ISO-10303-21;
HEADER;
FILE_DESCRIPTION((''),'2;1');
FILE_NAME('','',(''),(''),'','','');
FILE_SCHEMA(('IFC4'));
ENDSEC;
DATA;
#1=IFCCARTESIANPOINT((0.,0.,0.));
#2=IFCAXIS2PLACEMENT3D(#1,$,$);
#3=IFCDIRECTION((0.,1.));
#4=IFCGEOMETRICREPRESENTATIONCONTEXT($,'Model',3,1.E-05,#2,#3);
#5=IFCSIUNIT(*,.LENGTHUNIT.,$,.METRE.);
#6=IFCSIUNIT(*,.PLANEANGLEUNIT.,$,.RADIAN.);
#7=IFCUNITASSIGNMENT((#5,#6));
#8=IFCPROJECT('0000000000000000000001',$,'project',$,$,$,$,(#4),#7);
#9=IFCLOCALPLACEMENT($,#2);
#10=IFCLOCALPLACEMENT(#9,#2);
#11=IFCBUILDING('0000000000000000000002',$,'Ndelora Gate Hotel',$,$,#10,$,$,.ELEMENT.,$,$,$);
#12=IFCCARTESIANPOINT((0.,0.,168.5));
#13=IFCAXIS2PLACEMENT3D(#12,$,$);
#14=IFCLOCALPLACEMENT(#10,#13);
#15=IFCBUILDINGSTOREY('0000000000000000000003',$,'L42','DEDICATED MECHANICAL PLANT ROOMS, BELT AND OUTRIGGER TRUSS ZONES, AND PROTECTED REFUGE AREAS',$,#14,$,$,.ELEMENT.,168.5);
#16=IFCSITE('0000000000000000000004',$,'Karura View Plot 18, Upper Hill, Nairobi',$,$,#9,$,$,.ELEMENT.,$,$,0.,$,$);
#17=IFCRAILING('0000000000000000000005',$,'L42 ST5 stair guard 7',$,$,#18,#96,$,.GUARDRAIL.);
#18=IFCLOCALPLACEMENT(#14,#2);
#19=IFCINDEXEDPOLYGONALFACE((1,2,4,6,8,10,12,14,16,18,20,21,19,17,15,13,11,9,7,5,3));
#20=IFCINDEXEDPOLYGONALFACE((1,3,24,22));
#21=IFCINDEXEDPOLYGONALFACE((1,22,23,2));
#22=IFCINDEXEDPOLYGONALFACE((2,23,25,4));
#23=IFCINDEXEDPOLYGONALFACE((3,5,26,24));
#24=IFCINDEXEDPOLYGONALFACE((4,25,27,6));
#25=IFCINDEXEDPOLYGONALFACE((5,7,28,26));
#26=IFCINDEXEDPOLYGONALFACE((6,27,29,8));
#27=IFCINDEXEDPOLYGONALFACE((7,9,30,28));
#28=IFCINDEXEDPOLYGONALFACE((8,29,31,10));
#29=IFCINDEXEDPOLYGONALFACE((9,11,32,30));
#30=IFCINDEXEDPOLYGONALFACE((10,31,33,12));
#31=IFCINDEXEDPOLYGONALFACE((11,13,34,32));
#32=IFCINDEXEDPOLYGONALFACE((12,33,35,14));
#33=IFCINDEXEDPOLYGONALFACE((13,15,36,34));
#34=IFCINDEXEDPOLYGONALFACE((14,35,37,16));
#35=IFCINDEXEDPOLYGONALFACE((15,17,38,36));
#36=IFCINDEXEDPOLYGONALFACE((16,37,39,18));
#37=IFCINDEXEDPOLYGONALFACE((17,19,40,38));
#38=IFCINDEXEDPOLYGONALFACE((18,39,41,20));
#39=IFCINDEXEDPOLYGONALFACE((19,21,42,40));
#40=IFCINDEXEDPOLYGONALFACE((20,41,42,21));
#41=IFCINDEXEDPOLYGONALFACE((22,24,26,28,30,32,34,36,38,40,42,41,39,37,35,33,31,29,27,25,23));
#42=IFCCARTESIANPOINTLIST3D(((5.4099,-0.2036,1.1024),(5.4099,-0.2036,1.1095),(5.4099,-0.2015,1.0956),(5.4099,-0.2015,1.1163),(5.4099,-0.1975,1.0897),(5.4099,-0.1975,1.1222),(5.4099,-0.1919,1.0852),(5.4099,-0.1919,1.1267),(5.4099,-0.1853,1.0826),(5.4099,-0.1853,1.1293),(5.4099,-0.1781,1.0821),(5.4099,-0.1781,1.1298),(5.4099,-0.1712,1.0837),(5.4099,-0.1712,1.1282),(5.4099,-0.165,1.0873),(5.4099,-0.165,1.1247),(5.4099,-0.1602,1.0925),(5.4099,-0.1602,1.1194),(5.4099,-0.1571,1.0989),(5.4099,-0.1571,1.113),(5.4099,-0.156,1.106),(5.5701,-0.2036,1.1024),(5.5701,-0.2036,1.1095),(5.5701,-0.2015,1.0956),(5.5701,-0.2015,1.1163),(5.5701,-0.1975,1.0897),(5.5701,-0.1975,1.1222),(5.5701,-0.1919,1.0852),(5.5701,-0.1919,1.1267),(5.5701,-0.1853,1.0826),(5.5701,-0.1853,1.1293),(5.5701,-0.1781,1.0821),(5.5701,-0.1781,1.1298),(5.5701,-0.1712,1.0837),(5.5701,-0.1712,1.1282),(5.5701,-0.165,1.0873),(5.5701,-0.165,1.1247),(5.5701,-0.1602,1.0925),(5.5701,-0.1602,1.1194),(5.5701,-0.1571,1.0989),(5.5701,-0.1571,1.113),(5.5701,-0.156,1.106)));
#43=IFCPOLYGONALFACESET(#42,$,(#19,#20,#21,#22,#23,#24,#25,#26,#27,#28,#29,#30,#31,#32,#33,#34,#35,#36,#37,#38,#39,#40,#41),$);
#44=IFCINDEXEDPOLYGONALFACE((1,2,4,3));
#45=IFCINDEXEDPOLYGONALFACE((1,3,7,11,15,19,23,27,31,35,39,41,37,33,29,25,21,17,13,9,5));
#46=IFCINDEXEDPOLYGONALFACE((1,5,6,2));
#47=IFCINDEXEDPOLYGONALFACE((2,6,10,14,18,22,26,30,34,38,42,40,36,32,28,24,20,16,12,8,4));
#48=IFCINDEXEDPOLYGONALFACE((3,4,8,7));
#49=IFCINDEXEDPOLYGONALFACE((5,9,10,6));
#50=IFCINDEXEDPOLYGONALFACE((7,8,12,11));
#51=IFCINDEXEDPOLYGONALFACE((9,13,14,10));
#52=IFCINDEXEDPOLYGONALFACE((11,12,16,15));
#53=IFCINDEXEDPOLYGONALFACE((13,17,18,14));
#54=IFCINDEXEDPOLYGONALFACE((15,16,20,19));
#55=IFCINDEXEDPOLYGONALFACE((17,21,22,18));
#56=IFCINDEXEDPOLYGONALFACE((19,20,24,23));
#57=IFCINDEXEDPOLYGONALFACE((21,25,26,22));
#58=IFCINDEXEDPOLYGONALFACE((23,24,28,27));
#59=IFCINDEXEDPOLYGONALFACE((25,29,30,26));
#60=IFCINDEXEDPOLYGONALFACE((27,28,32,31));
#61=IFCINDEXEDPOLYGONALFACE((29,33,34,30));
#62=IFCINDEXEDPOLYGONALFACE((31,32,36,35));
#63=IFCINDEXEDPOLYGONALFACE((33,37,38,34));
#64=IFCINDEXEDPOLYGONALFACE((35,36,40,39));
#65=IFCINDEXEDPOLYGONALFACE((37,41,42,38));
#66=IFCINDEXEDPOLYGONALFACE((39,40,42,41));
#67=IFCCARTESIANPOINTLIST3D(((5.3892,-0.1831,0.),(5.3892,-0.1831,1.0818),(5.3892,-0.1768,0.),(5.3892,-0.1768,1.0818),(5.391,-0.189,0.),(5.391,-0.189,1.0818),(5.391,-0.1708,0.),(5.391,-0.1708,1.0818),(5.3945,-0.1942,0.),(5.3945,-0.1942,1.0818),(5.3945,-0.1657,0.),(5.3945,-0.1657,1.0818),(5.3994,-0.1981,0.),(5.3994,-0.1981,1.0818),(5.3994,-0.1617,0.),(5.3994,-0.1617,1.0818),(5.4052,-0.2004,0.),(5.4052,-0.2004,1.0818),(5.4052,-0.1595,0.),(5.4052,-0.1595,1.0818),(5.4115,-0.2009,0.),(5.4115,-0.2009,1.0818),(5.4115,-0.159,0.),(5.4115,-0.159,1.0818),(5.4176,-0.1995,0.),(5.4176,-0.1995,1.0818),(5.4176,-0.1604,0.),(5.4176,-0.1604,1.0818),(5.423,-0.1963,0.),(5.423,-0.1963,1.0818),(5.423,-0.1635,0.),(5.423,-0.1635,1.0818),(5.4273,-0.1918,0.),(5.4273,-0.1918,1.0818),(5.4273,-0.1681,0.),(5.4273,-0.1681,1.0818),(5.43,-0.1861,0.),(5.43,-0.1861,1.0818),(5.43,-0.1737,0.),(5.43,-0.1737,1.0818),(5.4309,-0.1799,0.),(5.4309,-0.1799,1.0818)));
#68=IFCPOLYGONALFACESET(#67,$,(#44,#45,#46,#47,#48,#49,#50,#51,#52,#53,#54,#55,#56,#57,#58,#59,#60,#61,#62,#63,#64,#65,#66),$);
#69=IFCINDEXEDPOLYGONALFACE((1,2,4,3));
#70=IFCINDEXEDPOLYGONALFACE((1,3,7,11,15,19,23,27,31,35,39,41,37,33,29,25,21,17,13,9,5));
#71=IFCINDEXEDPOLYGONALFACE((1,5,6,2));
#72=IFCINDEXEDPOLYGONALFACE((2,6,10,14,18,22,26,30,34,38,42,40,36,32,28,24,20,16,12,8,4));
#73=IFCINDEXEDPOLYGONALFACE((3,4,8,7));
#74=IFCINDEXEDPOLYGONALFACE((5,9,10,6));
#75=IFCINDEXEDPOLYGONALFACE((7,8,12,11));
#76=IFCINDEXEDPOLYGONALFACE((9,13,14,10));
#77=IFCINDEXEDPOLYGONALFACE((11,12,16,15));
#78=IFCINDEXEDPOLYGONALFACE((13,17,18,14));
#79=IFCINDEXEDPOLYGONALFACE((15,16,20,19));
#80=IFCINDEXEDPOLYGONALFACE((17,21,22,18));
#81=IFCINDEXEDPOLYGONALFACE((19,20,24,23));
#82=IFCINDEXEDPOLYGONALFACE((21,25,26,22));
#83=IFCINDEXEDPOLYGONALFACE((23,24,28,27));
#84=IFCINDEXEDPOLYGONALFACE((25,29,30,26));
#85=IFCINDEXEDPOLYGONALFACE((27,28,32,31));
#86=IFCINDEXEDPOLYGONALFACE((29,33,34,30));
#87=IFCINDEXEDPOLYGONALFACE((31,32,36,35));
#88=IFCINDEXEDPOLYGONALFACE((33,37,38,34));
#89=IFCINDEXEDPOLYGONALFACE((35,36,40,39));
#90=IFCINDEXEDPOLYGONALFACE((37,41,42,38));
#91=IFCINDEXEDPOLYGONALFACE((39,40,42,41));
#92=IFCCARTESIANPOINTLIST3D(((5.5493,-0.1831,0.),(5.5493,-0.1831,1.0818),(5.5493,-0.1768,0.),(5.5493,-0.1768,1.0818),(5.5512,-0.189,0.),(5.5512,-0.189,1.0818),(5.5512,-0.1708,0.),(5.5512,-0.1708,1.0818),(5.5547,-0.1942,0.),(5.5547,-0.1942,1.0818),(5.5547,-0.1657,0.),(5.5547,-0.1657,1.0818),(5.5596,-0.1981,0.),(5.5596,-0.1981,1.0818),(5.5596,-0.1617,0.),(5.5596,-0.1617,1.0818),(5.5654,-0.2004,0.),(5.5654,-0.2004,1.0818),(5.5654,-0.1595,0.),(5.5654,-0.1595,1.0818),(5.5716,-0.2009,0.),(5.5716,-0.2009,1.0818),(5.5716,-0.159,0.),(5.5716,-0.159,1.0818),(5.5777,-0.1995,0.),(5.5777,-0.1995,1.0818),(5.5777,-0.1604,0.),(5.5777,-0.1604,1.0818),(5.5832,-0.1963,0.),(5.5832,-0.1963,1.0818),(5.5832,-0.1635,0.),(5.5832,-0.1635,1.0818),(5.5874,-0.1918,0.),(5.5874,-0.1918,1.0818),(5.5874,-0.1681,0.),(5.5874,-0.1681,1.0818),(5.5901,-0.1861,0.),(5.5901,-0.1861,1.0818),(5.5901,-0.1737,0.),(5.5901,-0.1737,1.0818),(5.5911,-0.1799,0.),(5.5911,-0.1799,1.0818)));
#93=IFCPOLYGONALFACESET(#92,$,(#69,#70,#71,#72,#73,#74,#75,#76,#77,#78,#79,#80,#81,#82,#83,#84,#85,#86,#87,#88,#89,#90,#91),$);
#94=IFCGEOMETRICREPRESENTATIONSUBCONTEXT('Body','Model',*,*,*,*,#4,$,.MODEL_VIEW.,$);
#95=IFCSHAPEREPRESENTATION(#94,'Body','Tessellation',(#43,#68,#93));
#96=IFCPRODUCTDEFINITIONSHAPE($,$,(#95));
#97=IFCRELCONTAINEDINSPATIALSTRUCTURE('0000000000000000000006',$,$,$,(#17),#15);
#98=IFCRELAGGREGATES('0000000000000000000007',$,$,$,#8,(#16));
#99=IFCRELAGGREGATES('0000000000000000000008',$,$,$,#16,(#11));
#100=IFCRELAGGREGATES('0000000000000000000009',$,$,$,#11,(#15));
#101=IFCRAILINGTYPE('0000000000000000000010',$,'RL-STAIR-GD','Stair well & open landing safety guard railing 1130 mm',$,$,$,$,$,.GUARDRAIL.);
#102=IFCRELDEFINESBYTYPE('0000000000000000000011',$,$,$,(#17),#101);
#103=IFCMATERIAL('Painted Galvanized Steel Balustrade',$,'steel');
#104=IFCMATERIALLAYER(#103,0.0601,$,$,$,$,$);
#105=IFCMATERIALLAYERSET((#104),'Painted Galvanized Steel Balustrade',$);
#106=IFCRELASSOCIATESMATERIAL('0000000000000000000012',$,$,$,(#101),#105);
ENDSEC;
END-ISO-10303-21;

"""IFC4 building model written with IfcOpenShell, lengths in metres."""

from ifc_helpers import new_model, si_unit, direction, frame, origin, origin_2d, place, context, subcontext, project, spatial, circle, extrude, material, layer, layer_set, type_object, element, save


model = new_model("IFC4")

# Units and contexts
model_context = context("Model", 3, precision=1e-05, world=origin(), true_north=direction((0.0, 1.0)))
body_context = subcontext(model_context, "Body", "Model", "MODEL_VIEW")
ifc_project = project(units=[si_unit("LENGTHUNIT", "METRE"), si_unit("PLANEANGLEUNIT", "RADIAN")], contexts=[model_context])

# Site, building, storey
site_placement = place(None, origin())
site = spatial("IfcSite", under=ifc_project, at=site_placement, Name="Karura View Plot 18, Upper Hill, Nairobi", CompositionType="ELEMENT", RefElevation=0.0)
building_placement = place(site_placement, origin())
building = spatial("IfcBuilding", under=site, at=building_placement, Name="Ndelora Gate Hotel", CompositionType="ELEMENT")
storey_placement = place(building_placement, frame((0.0, 0.0, 168.5)))
storey = spatial("IfcBuildingStorey", under=building, at=storey_placement, Name="L42", Description="DEDICATED MECHANICAL PLANT ROOMS, BELT AND OUTRIGGER TRUSS ZONES, AND PROTECTED REFUGE AREAS", CompositionType="ELEMENT", Elevation=168.5)

# Railing
ifc_material_1 = material(Name="Painted Galvanized Steel Balustrade", Category="steel")
ifc_layer_1 = layer(ifc_material_1, 0.0601)
ifc_layer_set_1 = layer_set([ifc_layer_1], Name="Painted Galvanized Steel Balustrade")
railing_type_1 = type_object("IfcRailingType", Name="RL-STAIR-GD", Description="Stair well & open landing safety guard railing 1130 mm", PredefinedType="GUARDRAIL", material=ifc_layer_set_1)
railing_1_placement = place(storey_placement, frame((5.4099, -0.1799, 0.0)))
element("IfcRailing", 1, at=railing_1_placement, inside=storey, type_object=railing_type_1, Name="L42 ST5 stair guard 7", PredefinedType="GUARDRAIL", context=body_context, shape_type="SweptSolid", body=[
    extrude(circle(Radius=0.0239, at=origin_2d()), frame((0.0, 0.0, 1.106), z_axis=(1.0, 0.0, 0.0), x_axis=(0.0, 1.0, 0.0)), (0.0, 0.0, 1.0), 0.1602),
    extrude(circle(Radius=0.021, at=origin_2d()), origin(), (0.0, 0.0, 1.0), 1.0818),
    extrude(circle(Radius=0.021, at=origin_2d()), frame((0.1602, 0.0, 0.0)), (0.0, 0.0, 1.0), 1.0818),
])

save(model, "model.ifc")
